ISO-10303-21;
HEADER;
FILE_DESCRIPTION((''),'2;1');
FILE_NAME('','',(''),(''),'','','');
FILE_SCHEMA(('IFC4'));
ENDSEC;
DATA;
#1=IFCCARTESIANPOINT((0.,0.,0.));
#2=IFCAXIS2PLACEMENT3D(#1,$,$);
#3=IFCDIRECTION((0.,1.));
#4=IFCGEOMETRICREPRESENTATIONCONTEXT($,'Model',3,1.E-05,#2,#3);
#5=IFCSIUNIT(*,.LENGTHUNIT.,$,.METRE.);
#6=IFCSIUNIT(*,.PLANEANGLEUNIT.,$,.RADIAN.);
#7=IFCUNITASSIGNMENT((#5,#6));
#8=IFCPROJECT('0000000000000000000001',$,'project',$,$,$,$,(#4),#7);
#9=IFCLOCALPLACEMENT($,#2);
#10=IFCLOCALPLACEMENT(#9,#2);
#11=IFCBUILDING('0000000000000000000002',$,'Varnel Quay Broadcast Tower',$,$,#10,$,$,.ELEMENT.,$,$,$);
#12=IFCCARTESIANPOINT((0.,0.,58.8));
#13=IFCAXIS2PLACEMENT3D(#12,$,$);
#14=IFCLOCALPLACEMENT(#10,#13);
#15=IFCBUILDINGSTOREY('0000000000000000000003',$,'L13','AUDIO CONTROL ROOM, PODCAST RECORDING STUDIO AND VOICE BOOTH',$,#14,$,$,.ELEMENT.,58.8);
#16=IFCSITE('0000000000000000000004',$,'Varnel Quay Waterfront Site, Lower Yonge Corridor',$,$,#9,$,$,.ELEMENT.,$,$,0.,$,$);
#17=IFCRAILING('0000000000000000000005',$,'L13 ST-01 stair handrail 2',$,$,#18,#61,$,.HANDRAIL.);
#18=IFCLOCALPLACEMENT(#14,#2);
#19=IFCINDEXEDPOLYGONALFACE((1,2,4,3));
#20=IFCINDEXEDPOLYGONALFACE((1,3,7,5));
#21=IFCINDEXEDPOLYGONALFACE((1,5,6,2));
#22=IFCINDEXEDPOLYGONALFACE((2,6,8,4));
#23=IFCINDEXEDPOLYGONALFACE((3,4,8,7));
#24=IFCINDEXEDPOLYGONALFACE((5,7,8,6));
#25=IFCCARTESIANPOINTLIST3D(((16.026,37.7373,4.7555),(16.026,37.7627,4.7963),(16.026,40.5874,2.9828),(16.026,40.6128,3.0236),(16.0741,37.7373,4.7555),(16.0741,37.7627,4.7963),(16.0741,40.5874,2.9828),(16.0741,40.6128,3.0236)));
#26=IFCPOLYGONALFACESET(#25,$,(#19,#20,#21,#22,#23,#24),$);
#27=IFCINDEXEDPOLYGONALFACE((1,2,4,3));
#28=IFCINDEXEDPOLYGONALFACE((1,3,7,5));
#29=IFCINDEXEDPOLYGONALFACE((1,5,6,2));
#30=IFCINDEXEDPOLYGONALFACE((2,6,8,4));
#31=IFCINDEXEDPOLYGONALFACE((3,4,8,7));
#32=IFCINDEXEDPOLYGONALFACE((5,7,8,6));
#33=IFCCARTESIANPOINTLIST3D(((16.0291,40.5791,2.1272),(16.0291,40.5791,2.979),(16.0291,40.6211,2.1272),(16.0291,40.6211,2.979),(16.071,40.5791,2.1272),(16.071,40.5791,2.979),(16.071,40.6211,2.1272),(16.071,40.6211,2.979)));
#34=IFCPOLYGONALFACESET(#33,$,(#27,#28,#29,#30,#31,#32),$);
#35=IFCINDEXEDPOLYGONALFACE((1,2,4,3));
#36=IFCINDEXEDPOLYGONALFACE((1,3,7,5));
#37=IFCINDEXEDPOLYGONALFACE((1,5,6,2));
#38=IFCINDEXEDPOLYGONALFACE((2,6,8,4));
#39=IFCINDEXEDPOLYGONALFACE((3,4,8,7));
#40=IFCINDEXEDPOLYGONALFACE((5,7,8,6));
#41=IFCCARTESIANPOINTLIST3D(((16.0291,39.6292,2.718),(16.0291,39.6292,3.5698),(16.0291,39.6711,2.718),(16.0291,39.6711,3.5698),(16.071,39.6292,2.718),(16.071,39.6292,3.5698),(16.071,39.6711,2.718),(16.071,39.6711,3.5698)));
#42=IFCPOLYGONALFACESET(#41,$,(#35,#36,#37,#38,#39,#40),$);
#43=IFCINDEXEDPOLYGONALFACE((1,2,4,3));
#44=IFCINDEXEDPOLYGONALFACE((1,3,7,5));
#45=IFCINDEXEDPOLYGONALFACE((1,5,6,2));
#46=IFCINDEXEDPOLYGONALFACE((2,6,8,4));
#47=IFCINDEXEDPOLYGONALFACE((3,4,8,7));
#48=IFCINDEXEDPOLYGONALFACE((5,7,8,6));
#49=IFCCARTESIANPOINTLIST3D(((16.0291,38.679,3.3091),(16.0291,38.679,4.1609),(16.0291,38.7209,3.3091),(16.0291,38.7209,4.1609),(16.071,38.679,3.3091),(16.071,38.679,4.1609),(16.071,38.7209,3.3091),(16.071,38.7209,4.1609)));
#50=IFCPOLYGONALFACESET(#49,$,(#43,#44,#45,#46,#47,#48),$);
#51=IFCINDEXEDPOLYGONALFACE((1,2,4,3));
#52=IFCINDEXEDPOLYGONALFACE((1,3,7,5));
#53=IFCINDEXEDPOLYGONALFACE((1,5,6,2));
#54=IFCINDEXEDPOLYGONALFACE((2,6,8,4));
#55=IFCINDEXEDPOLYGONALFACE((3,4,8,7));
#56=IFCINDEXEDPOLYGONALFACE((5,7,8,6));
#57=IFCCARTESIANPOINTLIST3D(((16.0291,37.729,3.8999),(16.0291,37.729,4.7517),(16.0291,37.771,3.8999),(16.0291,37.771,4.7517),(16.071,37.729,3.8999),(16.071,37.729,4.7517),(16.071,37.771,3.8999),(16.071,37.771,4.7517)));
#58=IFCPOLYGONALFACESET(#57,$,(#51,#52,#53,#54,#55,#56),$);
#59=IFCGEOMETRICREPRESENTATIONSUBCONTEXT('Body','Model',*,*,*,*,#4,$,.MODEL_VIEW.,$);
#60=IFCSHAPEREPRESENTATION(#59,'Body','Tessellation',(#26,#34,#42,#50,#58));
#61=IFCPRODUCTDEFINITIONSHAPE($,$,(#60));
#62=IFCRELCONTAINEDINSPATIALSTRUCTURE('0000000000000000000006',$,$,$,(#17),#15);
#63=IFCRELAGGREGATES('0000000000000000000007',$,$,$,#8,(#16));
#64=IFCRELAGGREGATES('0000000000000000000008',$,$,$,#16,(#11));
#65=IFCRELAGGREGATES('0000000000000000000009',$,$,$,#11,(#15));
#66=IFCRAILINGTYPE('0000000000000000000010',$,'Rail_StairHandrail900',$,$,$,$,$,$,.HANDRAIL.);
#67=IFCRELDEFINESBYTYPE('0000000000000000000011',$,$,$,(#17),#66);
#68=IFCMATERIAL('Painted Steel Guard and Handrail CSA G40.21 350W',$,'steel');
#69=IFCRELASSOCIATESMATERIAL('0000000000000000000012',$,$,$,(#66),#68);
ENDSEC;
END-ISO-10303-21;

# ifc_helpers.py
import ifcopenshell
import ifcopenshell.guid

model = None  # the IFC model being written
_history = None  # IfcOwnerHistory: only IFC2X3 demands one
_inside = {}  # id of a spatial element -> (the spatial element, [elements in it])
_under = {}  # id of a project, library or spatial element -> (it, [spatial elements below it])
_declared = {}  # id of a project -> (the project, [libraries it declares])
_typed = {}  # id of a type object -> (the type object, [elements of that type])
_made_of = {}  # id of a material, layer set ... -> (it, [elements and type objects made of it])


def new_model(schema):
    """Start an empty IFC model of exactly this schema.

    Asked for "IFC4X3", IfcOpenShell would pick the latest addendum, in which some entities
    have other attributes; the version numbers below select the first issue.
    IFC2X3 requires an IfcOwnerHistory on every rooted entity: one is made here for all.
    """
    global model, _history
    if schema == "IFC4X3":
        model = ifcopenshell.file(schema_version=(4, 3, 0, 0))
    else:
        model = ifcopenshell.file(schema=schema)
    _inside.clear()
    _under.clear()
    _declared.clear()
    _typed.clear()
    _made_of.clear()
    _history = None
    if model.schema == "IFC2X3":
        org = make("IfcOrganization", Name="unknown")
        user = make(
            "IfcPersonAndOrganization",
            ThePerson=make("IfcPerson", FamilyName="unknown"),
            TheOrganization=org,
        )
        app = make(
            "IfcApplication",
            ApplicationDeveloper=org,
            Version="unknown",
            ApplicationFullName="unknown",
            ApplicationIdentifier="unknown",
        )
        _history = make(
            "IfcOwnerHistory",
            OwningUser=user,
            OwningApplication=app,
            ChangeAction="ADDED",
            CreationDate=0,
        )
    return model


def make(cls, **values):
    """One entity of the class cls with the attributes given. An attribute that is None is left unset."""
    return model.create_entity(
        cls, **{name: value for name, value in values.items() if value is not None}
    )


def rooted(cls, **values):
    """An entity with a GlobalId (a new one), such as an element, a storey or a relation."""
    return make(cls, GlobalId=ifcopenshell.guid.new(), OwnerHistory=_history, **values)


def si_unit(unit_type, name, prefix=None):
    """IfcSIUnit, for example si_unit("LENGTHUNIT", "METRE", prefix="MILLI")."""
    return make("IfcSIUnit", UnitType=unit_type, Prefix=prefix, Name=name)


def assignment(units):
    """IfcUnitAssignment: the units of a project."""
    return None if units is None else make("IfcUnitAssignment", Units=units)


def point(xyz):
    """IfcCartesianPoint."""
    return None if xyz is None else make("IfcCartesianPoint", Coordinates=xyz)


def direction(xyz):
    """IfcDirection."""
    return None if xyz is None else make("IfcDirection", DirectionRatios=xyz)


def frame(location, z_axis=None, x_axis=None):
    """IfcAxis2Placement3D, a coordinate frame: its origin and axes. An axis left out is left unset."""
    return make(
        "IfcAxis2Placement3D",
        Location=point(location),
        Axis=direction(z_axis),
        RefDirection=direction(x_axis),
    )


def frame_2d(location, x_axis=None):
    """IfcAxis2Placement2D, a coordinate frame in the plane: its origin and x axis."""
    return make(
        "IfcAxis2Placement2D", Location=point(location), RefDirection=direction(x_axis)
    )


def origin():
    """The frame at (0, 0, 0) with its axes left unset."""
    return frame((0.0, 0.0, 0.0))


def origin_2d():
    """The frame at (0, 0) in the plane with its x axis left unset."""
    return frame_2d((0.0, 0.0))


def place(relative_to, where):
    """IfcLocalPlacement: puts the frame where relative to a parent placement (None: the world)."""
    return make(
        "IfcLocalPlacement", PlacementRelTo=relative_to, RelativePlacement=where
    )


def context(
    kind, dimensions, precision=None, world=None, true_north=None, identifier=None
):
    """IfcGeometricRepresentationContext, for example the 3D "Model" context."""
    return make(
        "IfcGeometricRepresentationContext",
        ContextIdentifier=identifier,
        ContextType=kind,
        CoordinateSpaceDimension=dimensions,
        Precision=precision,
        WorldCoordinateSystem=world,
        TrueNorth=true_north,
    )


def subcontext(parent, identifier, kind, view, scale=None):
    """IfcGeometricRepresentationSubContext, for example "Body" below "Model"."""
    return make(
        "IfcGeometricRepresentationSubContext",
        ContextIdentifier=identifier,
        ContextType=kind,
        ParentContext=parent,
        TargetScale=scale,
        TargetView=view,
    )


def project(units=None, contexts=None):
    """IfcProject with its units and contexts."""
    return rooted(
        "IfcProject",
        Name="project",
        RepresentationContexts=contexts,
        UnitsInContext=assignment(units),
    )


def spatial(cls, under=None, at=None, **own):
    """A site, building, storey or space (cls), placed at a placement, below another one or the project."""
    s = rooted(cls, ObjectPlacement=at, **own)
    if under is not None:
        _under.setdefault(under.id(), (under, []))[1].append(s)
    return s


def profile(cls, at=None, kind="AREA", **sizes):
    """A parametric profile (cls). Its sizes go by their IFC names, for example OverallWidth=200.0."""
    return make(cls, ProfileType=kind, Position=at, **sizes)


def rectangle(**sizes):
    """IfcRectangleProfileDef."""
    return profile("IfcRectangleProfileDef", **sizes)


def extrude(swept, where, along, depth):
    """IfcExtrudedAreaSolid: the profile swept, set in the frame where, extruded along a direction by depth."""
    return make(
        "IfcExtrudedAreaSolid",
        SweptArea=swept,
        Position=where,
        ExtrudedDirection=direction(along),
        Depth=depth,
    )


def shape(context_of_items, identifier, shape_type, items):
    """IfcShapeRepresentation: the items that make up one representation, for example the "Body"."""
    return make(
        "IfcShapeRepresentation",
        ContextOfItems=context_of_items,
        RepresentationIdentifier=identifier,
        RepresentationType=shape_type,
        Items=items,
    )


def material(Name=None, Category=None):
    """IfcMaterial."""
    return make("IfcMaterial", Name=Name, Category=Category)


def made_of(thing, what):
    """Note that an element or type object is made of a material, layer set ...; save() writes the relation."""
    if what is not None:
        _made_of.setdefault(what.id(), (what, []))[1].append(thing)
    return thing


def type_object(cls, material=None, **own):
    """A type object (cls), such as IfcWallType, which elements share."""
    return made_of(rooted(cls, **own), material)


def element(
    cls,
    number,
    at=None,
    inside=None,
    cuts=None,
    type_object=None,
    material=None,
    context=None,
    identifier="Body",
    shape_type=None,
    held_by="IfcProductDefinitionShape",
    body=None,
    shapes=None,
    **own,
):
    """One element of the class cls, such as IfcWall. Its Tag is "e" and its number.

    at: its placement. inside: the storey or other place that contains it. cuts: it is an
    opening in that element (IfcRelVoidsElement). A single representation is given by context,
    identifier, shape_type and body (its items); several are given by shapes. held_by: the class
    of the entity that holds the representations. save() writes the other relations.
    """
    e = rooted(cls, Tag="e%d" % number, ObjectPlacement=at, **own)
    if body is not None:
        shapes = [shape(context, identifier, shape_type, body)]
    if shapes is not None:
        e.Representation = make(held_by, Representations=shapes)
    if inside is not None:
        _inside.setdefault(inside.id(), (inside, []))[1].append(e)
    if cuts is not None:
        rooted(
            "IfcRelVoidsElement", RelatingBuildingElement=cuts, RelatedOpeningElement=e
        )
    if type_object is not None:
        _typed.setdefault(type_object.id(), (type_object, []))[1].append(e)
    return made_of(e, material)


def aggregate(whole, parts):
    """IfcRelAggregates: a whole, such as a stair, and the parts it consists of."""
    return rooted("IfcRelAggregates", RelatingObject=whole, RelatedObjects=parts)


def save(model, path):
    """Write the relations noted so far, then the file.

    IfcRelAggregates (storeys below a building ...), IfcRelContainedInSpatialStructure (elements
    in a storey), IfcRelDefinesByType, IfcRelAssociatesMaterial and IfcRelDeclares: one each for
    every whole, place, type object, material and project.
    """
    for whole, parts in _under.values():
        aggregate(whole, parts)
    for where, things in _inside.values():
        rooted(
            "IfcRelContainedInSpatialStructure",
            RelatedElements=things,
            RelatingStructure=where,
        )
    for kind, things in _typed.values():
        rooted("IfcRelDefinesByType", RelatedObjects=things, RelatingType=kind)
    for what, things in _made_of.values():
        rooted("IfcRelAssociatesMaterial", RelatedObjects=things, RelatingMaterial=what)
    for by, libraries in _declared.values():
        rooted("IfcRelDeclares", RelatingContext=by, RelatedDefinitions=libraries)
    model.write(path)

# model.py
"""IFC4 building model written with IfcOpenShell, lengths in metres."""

from ifc_helpers import new_model, si_unit, direction, frame, origin, origin_2d, place, context, subcontext, project, spatial, rectangle, extrude, material, type_object, element, save


model = new_model("IFC4")

# Units and contexts
model_context = context("Model", 3, precision=1e-05, world=origin(), true_north=direction((0.0, 1.0)))
body_context = subcontext(model_context, "Body", "Model", "MODEL_VIEW")
ifc_project = project(units=[si_unit("LENGTHUNIT", "METRE"), si_unit("PLANEANGLEUNIT", "RADIAN")], contexts=[model_context])

# Site, building, storey
site_placement = place(None, origin())
site = spatial("IfcSite", under=ifc_project, at=site_placement, Name="Varnel Quay Waterfront Site, Lower Yonge Corridor", CompositionType="ELEMENT", RefElevation=0.0)
building_placement = place(site_placement, origin())
building = spatial("IfcBuilding", under=site, at=building_placement, Name="Varnel Quay Broadcast Tower", CompositionType="ELEMENT")
storey_placement = place(building_placement, frame((0.0, 0.0, 58.8)))
storey = spatial("IfcBuildingStorey", under=building, at=storey_placement, Name="L13", Description="AUDIO CONTROL ROOM, PODCAST RECORDING STUDIO AND VOICE BOOTH", CompositionType="ELEMENT", Elevation=58.8)

# Railing
ifc_material_1 = material(Name="Painted Steel Guard and Handrail CSA G40.21 350W", Category="steel")
railing_type = type_object("IfcRailingType", Name="Rail_StairHandrail900", PredefinedType="HANDRAIL", material=ifc_material_1)
railing_placement = place(storey_placement, frame((16.05, 40.6001, 2.1272)))
element("IfcRailing", 1, at=railing_placement, inside=storey, type_object=railing_type, Name="L13 ST-01 stair handrail 2", PredefinedType="HANDRAIL", context=body_context, shape_type="SweptSolid", body=[
    extrude(rectangle(XDim=0.0481, YDim=0.0481, at=origin_2d()), frame((0.0, 0.0, 0.876), z_axis=(0.0, -0.849149, 0.528154), x_axis=(1.0, 0.0, 0.0)), (0.0, 0.0, 1.0), 3.3564),
    extrude(rectangle(XDim=0.042, YDim=0.042, at=origin_2d()), origin(), (0.0, 0.0, 1.0), 0.8518),
    extrude(rectangle(XDim=0.042, YDim=0.042, at=origin_2d()), frame((0.0, -0.95, 0.5908)), (0.0, 0.0, 1.0), 0.8518),
    extrude(rectangle(XDim=0.042, YDim=0.042, at=origin_2d()), frame((0.0, -1.9001, 1.1819)), (0.0, 0.0, 1.0), 0.8518),
    extrude(rectangle(XDim=0.042, YDim=0.042, at=origin_2d()), frame((0.0, -2.8501, 1.7727)), (0.0, 0.0, 1.0), 0.8518),
])

save(model, "model.ifc")
